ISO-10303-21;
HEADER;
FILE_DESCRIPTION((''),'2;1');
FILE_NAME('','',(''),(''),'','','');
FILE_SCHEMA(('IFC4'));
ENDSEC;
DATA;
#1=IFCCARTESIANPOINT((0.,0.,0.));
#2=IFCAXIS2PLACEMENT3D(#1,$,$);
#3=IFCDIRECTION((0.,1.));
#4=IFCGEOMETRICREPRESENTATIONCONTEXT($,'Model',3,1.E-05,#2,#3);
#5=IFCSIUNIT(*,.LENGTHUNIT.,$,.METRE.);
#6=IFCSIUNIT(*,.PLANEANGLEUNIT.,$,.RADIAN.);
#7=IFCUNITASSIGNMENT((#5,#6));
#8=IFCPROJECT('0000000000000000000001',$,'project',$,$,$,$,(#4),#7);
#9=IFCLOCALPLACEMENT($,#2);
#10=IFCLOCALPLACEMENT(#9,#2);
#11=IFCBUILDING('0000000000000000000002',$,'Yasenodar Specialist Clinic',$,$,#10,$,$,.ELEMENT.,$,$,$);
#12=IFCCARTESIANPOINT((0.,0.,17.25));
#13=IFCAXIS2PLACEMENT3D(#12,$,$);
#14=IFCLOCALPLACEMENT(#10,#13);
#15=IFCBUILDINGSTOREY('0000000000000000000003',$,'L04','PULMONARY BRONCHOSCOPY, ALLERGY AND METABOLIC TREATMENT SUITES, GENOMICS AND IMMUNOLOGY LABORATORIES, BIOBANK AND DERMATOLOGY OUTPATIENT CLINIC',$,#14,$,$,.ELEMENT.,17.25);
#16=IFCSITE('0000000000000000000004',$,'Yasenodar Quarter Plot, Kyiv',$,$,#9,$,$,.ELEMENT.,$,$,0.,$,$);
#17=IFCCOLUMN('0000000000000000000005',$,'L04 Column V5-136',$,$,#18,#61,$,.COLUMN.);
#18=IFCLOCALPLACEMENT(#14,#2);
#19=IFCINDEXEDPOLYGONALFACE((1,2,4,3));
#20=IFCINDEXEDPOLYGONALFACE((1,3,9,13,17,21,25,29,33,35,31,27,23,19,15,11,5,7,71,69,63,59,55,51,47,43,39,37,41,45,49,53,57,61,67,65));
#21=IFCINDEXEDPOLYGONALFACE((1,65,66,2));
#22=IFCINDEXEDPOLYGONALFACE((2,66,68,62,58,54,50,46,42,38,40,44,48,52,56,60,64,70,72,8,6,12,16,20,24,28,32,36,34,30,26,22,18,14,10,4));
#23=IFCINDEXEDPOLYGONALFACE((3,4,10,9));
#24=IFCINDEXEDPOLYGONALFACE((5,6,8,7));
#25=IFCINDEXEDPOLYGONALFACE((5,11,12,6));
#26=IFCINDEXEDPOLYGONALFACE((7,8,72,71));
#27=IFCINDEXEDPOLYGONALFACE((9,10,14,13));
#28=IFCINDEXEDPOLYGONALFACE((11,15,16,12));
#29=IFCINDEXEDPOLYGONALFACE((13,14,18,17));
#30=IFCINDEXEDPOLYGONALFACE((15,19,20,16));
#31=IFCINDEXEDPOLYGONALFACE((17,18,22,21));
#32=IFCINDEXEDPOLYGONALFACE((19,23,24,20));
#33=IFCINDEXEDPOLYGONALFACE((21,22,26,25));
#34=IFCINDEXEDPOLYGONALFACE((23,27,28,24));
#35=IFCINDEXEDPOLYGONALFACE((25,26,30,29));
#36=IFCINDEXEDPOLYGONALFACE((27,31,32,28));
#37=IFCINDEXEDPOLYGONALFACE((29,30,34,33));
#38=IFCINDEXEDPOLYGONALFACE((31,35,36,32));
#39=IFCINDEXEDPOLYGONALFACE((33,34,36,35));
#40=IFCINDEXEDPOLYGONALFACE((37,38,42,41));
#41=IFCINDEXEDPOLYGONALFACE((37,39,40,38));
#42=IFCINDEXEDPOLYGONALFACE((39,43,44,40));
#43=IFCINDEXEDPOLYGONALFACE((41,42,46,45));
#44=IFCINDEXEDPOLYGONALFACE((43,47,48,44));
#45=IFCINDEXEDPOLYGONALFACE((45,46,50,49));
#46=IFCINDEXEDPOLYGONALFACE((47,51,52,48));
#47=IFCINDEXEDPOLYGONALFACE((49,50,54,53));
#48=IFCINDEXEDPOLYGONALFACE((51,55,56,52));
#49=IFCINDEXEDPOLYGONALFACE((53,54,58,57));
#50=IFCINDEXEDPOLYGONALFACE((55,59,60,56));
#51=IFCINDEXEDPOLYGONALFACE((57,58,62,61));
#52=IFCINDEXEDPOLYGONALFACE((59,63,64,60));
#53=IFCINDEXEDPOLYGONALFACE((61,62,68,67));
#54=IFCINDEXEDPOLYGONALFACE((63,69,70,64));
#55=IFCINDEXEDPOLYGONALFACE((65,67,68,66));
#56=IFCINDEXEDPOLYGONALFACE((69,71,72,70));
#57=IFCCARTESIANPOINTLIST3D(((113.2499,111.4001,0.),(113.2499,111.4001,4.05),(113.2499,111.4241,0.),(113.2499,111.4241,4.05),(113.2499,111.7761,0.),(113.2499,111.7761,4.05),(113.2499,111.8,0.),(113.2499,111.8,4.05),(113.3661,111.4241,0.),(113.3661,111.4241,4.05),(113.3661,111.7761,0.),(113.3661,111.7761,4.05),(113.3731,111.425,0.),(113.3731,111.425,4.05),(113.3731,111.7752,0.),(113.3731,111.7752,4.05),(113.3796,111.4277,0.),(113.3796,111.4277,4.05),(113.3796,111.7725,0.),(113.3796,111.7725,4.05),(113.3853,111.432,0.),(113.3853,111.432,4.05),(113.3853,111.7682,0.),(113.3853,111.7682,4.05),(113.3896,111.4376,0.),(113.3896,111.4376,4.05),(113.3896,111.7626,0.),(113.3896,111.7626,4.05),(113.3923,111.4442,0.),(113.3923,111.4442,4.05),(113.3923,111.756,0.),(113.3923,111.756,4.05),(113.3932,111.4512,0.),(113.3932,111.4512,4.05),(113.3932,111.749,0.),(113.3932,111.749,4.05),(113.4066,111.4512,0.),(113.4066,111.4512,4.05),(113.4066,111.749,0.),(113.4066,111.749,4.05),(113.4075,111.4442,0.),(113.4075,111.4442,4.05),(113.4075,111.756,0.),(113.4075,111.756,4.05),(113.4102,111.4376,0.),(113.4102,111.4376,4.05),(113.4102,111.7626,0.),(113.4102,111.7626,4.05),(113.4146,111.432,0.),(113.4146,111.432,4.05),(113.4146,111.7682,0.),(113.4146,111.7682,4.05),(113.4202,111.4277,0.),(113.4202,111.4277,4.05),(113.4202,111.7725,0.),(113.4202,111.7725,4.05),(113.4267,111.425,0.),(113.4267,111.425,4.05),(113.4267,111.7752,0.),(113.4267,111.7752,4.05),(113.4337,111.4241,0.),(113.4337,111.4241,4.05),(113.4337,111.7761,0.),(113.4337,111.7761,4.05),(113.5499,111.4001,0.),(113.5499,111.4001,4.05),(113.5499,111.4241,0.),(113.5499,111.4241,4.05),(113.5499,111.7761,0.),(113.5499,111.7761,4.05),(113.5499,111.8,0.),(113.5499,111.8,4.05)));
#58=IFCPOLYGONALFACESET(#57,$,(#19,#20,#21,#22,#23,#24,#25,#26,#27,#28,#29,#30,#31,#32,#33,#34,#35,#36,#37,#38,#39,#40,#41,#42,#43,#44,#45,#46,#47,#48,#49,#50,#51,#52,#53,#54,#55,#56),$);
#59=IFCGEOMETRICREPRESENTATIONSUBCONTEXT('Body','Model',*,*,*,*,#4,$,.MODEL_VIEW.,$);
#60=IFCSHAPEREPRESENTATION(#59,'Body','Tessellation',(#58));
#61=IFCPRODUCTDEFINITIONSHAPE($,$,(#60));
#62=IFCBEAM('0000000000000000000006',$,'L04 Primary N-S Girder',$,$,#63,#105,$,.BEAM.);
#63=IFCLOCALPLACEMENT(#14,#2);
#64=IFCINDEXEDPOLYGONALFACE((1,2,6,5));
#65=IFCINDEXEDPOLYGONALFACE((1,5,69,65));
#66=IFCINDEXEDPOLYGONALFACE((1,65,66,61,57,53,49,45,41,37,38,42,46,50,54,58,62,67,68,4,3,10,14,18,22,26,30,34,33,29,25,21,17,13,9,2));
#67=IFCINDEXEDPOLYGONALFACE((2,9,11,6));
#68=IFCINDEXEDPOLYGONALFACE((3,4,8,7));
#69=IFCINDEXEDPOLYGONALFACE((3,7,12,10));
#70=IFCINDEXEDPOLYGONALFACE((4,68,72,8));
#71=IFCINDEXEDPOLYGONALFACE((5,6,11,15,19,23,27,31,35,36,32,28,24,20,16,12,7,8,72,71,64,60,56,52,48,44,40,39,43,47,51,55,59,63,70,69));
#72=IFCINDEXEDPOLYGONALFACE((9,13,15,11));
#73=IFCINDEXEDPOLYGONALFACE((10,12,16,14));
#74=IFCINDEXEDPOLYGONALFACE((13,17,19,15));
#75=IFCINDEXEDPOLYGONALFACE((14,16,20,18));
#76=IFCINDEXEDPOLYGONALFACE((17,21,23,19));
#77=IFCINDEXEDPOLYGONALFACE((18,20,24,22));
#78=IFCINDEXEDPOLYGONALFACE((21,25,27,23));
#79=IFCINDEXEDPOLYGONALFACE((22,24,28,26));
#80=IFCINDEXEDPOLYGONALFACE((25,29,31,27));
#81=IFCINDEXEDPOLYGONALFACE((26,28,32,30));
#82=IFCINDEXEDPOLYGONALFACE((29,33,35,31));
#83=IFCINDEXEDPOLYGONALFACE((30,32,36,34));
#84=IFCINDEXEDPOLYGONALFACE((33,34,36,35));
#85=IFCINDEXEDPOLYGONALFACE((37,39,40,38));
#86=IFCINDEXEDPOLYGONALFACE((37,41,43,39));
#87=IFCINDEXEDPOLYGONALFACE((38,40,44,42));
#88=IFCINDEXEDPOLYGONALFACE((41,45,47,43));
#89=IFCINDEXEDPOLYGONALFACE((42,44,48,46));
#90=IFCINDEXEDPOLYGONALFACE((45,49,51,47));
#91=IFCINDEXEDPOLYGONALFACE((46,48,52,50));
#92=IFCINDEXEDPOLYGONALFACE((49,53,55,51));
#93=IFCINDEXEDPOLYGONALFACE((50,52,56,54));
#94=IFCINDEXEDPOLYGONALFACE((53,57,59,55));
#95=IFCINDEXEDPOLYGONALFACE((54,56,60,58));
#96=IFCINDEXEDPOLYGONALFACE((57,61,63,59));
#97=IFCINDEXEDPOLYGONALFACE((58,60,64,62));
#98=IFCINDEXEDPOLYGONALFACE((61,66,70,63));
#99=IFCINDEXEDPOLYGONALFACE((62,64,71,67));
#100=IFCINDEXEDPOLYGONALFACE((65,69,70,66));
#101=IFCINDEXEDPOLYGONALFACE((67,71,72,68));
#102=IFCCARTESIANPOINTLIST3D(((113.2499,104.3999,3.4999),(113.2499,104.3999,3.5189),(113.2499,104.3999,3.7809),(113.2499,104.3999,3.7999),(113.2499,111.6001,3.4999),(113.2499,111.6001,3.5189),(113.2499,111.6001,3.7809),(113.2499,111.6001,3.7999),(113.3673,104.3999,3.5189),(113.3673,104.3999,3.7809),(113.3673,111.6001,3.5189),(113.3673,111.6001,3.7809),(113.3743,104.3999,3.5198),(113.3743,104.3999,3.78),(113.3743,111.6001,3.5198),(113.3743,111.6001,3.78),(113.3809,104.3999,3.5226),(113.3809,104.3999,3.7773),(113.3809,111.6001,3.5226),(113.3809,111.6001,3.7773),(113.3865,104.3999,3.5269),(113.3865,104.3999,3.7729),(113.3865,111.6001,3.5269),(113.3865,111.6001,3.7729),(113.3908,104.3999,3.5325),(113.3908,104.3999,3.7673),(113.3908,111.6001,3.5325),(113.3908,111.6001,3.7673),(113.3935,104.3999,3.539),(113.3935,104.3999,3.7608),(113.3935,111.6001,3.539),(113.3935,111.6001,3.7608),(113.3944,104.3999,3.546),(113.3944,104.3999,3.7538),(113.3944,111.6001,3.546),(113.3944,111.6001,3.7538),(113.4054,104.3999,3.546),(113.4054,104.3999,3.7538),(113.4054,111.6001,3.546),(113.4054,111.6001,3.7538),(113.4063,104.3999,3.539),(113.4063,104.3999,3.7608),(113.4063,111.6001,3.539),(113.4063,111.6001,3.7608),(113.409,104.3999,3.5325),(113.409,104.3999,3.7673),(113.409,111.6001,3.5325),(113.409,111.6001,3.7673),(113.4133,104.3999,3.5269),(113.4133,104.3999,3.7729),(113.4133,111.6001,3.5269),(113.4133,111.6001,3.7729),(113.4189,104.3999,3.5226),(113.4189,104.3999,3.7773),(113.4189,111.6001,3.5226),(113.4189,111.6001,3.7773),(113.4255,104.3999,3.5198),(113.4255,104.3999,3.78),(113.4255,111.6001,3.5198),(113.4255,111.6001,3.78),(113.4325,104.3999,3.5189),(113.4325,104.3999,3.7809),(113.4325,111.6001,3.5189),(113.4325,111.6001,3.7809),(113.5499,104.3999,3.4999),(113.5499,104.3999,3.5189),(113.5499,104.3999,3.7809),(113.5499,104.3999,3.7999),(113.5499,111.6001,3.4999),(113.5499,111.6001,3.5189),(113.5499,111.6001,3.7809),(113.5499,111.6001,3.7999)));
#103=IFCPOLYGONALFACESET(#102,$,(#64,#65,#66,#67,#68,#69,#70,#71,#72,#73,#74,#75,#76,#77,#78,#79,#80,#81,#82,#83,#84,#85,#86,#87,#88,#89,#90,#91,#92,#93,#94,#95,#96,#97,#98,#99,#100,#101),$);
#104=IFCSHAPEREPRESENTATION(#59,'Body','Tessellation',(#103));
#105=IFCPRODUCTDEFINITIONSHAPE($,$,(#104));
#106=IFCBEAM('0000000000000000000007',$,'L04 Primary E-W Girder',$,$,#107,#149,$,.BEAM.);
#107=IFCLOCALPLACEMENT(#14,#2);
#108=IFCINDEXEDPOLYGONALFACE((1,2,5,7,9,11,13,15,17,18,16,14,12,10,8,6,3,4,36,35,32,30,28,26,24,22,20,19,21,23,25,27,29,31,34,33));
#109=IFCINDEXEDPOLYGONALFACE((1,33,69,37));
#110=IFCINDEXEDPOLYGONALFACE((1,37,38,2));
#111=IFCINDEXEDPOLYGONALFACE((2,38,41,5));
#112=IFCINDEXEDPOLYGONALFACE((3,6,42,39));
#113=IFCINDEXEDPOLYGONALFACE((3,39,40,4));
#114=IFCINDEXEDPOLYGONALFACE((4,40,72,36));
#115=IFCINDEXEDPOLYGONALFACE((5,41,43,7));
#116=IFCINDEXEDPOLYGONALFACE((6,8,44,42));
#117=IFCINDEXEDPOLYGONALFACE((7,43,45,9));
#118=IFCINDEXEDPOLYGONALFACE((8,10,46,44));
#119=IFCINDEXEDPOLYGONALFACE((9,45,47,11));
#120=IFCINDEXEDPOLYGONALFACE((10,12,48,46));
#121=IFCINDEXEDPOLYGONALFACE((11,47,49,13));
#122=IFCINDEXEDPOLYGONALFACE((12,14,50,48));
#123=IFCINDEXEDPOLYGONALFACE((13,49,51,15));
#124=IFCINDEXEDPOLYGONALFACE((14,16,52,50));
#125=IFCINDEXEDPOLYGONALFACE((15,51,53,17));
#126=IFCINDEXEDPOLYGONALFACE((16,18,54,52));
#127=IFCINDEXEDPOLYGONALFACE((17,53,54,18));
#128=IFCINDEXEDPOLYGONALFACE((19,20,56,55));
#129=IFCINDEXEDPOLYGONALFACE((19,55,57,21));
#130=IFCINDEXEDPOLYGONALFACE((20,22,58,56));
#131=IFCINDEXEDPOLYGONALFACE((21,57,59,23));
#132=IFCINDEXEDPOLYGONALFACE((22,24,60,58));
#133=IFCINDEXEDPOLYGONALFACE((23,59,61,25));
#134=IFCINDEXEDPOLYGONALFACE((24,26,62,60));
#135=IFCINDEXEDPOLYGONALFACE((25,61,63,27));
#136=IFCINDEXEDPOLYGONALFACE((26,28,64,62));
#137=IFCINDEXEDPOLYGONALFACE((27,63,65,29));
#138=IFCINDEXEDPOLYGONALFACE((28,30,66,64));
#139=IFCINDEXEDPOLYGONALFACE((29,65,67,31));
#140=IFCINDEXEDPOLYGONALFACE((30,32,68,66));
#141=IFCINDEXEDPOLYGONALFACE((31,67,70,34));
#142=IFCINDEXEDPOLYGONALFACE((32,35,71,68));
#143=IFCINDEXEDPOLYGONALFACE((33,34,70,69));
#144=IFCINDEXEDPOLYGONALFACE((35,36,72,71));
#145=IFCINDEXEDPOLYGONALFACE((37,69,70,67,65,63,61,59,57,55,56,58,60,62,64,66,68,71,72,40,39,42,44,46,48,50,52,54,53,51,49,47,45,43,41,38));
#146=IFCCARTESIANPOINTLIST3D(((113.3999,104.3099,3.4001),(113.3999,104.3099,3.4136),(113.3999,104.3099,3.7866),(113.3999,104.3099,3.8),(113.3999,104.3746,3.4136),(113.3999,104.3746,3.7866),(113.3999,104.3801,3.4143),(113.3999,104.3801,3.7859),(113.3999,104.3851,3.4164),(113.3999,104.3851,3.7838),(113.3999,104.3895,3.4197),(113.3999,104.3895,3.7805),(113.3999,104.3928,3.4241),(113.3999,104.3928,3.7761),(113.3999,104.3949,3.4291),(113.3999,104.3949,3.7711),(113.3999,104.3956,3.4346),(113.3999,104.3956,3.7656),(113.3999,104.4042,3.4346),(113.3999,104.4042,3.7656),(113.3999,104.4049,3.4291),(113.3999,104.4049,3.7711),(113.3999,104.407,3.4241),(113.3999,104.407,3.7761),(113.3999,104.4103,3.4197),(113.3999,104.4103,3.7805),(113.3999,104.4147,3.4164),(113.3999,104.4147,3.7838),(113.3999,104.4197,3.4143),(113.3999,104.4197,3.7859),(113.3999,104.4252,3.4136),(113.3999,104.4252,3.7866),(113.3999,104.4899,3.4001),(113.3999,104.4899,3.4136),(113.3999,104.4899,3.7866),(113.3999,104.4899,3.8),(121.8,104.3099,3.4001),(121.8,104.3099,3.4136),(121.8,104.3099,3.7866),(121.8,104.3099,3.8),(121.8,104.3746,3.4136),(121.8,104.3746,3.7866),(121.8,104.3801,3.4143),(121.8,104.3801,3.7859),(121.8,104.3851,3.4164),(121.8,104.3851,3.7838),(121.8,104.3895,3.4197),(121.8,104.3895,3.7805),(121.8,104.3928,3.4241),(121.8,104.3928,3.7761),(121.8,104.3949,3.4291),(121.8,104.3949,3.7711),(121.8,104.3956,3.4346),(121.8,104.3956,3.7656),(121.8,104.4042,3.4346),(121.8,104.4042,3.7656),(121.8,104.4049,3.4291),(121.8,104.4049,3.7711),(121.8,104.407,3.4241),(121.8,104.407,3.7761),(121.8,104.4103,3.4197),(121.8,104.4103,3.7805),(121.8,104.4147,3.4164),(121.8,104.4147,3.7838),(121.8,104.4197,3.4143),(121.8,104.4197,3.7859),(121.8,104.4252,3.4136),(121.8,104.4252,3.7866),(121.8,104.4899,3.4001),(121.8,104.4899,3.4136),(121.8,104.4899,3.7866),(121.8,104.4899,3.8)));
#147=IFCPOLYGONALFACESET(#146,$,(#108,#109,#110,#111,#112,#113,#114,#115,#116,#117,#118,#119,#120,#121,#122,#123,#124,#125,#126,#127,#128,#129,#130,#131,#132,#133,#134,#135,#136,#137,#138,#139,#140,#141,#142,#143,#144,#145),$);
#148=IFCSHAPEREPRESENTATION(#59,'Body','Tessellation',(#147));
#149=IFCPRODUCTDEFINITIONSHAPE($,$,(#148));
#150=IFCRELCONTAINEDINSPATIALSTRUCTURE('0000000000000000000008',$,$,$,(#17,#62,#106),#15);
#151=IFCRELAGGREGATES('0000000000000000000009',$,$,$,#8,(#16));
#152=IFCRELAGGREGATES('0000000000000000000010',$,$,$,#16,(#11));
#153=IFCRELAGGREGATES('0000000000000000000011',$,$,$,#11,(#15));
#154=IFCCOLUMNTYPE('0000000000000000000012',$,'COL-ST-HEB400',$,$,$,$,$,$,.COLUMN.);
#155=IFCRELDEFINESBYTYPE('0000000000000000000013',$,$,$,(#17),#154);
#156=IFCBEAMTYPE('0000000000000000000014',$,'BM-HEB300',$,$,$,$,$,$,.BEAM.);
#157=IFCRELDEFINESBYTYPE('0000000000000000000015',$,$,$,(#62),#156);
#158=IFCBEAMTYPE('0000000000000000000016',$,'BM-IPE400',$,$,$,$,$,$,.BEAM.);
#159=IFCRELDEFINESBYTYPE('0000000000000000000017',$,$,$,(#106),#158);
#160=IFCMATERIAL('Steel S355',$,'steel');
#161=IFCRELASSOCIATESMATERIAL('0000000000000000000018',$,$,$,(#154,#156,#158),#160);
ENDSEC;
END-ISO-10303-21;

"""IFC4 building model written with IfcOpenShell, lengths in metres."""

from ifc_helpers import new_model, si_unit, direction, frame, origin, origin_2d, place, context, subcontext, project, spatial, i_section, extrude, material, material_profile, profile_set, type_object, element, save


model = new_model("IFC4")

# Units and contexts
model_context = context("Model", 3, precision=1e-05, world=origin(), true_north=direction((0.0, 1.0)))
body_context = subcontext(model_context, "Body", "Model", "MODEL_VIEW")
ifc_project = project(units=[si_unit("LENGTHUNIT", "METRE"), si_unit("PLANEANGLEUNIT", "RADIAN")], contexts=[model_context])

# Site, building, storey
site_placement = place(None, origin())
site = spatial("IfcSite", under=ifc_project, at=site_placement, Name="Yasenodar Quarter Plot, Kyiv", CompositionType="ELEMENT", RefElevation=0.0)
building_placement = place(site_placement, origin())
building = spatial("IfcBuilding", under=site, at=building_placement, Name="Yasenodar Specialist Clinic", CompositionType="ELEMENT")
storey_placement = place(building_placement, frame((0.0, 0.0, 17.25)))
storey = spatial("IfcBuildingStorey", under=building, at=storey_placement, Name="L04", Description="PULMONARY BRONCHOSCOPY, ALLERGY AND METABOLIC TREATMENT SUITES, GENOMICS AND IMMUNOLOGY LABORATORIES, BIOBANK AND DERMATOLOGY OUTPATIENT CLINIC", CompositionType="ELEMENT", Elevation=17.25)

# Column
ifc_material_1 = material(Name="Steel S355", Category="steel")
ifc_material_profile_1 = material_profile(ifc_material_1, i_section(OverallWidth=0.3, OverallDepth=0.3999, WebThickness=0.0134, FlangeThickness=0.0239, FilletRadius=0.0271, at=origin_2d()), Name="HEB 400")
ifc_profile_set_1 = profile_set([ifc_material_profile_1], Name="Steel S355")
column_type = type_object("IfcColumnType", Name="COL-ST-HEB400", PredefinedType="COLUMN", material=ifc_profile_set_1)
column_placement = place(storey_placement, frame((113.3999, 111.6001, 0.0), z_axis=(0.0, 0.0, 1.0), x_axis=(1.0, 0.0, 0.0)))
element("IfcColumn", 1, at=column_placement, inside=storey, type_object=column_type, Name="L04 Column V5-136", PredefinedType="COLUMN", context=body_context, shape_type="SweptSolid", body=[
    extrude(i_section(OverallWidth=0.3, OverallDepth=0.3999, WebThickness=0.0134, FlangeThickness=0.0239, FilletRadius=0.0271, at=origin_2d()), origin(), (0.0, 0.0, 1.0), 4.05),
])

# Beams
ifc_material_profile_2 = material_profile(ifc_material_1, i_section(OverallWidth=0.3, OverallDepth=0.3, WebThickness=0.011, FlangeThickness=0.019, FilletRadius=0.0271, at=origin_2d()), Name="HEB 300")
ifc_profile_set_2 = profile_set([ifc_material_profile_2], Name="Steel S355")
beam_type_1 = type_object("IfcBeamType", Name="BM-HEB300", PredefinedType="BEAM", material=ifc_profile_set_2)
beam_1_placement = place(storey_placement, frame((113.3999, 104.3999, 3.6499), z_axis=(0.0, 1.0, 0.0), x_axis=(-1.0, 0.0, 0.0)))
element("IfcBeam", 2, at=beam_1_placement, inside=storey, type_object=beam_type_1, Name="L04 Primary N-S Girder", PredefinedType="BEAM", context=body_context, shape_type="SweptSolid", body=[
    extrude(i_section(OverallWidth=0.3, OverallDepth=0.3, WebThickness=0.011, FlangeThickness=0.019, FilletRadius=0.0271, at=origin_2d()), origin(), (0.0, 0.0, 1.0), 7.2002),
])
ifc_material_profile_3 = material_profile(ifc_material_1, i_section(OverallWidth=0.1799, OverallDepth=0.3999, WebThickness=0.0085, FlangeThickness=0.0134, FilletRadius=0.021, at=origin_2d()), Name="IPE 400")
ifc_profile_set_3 = profile_set([ifc_material_profile_3], Name="Steel S355")
beam_type_2 = type_object("IfcBeamType", Name="BM-IPE400", PredefinedType="BEAM", material=ifc_profile_set_3)
beam_2_placement = place(storey_placement, frame((113.3999, 104.3999, 3.6001), z_axis=(1.0, 0.0, 0.0), x_axis=(0.0, 1.0, 0.0)))
element("IfcBeam", 3, at=beam_2_placement, inside=storey, type_object=beam_type_2, Name="L04 Primary E-W Girder", PredefinedType="BEAM", context=body_context, shape_type="SweptSolid", body=[
    extrude(i_section(OverallWidth=0.1799, OverallDepth=0.3999, WebThickness=0.0085, FlangeThickness=0.0134, FilletRadius=0.021, at=origin_2d()), origin(), (0.0, 0.0, 1.0), 8.4001),
])

save(model, "model.ifc")
